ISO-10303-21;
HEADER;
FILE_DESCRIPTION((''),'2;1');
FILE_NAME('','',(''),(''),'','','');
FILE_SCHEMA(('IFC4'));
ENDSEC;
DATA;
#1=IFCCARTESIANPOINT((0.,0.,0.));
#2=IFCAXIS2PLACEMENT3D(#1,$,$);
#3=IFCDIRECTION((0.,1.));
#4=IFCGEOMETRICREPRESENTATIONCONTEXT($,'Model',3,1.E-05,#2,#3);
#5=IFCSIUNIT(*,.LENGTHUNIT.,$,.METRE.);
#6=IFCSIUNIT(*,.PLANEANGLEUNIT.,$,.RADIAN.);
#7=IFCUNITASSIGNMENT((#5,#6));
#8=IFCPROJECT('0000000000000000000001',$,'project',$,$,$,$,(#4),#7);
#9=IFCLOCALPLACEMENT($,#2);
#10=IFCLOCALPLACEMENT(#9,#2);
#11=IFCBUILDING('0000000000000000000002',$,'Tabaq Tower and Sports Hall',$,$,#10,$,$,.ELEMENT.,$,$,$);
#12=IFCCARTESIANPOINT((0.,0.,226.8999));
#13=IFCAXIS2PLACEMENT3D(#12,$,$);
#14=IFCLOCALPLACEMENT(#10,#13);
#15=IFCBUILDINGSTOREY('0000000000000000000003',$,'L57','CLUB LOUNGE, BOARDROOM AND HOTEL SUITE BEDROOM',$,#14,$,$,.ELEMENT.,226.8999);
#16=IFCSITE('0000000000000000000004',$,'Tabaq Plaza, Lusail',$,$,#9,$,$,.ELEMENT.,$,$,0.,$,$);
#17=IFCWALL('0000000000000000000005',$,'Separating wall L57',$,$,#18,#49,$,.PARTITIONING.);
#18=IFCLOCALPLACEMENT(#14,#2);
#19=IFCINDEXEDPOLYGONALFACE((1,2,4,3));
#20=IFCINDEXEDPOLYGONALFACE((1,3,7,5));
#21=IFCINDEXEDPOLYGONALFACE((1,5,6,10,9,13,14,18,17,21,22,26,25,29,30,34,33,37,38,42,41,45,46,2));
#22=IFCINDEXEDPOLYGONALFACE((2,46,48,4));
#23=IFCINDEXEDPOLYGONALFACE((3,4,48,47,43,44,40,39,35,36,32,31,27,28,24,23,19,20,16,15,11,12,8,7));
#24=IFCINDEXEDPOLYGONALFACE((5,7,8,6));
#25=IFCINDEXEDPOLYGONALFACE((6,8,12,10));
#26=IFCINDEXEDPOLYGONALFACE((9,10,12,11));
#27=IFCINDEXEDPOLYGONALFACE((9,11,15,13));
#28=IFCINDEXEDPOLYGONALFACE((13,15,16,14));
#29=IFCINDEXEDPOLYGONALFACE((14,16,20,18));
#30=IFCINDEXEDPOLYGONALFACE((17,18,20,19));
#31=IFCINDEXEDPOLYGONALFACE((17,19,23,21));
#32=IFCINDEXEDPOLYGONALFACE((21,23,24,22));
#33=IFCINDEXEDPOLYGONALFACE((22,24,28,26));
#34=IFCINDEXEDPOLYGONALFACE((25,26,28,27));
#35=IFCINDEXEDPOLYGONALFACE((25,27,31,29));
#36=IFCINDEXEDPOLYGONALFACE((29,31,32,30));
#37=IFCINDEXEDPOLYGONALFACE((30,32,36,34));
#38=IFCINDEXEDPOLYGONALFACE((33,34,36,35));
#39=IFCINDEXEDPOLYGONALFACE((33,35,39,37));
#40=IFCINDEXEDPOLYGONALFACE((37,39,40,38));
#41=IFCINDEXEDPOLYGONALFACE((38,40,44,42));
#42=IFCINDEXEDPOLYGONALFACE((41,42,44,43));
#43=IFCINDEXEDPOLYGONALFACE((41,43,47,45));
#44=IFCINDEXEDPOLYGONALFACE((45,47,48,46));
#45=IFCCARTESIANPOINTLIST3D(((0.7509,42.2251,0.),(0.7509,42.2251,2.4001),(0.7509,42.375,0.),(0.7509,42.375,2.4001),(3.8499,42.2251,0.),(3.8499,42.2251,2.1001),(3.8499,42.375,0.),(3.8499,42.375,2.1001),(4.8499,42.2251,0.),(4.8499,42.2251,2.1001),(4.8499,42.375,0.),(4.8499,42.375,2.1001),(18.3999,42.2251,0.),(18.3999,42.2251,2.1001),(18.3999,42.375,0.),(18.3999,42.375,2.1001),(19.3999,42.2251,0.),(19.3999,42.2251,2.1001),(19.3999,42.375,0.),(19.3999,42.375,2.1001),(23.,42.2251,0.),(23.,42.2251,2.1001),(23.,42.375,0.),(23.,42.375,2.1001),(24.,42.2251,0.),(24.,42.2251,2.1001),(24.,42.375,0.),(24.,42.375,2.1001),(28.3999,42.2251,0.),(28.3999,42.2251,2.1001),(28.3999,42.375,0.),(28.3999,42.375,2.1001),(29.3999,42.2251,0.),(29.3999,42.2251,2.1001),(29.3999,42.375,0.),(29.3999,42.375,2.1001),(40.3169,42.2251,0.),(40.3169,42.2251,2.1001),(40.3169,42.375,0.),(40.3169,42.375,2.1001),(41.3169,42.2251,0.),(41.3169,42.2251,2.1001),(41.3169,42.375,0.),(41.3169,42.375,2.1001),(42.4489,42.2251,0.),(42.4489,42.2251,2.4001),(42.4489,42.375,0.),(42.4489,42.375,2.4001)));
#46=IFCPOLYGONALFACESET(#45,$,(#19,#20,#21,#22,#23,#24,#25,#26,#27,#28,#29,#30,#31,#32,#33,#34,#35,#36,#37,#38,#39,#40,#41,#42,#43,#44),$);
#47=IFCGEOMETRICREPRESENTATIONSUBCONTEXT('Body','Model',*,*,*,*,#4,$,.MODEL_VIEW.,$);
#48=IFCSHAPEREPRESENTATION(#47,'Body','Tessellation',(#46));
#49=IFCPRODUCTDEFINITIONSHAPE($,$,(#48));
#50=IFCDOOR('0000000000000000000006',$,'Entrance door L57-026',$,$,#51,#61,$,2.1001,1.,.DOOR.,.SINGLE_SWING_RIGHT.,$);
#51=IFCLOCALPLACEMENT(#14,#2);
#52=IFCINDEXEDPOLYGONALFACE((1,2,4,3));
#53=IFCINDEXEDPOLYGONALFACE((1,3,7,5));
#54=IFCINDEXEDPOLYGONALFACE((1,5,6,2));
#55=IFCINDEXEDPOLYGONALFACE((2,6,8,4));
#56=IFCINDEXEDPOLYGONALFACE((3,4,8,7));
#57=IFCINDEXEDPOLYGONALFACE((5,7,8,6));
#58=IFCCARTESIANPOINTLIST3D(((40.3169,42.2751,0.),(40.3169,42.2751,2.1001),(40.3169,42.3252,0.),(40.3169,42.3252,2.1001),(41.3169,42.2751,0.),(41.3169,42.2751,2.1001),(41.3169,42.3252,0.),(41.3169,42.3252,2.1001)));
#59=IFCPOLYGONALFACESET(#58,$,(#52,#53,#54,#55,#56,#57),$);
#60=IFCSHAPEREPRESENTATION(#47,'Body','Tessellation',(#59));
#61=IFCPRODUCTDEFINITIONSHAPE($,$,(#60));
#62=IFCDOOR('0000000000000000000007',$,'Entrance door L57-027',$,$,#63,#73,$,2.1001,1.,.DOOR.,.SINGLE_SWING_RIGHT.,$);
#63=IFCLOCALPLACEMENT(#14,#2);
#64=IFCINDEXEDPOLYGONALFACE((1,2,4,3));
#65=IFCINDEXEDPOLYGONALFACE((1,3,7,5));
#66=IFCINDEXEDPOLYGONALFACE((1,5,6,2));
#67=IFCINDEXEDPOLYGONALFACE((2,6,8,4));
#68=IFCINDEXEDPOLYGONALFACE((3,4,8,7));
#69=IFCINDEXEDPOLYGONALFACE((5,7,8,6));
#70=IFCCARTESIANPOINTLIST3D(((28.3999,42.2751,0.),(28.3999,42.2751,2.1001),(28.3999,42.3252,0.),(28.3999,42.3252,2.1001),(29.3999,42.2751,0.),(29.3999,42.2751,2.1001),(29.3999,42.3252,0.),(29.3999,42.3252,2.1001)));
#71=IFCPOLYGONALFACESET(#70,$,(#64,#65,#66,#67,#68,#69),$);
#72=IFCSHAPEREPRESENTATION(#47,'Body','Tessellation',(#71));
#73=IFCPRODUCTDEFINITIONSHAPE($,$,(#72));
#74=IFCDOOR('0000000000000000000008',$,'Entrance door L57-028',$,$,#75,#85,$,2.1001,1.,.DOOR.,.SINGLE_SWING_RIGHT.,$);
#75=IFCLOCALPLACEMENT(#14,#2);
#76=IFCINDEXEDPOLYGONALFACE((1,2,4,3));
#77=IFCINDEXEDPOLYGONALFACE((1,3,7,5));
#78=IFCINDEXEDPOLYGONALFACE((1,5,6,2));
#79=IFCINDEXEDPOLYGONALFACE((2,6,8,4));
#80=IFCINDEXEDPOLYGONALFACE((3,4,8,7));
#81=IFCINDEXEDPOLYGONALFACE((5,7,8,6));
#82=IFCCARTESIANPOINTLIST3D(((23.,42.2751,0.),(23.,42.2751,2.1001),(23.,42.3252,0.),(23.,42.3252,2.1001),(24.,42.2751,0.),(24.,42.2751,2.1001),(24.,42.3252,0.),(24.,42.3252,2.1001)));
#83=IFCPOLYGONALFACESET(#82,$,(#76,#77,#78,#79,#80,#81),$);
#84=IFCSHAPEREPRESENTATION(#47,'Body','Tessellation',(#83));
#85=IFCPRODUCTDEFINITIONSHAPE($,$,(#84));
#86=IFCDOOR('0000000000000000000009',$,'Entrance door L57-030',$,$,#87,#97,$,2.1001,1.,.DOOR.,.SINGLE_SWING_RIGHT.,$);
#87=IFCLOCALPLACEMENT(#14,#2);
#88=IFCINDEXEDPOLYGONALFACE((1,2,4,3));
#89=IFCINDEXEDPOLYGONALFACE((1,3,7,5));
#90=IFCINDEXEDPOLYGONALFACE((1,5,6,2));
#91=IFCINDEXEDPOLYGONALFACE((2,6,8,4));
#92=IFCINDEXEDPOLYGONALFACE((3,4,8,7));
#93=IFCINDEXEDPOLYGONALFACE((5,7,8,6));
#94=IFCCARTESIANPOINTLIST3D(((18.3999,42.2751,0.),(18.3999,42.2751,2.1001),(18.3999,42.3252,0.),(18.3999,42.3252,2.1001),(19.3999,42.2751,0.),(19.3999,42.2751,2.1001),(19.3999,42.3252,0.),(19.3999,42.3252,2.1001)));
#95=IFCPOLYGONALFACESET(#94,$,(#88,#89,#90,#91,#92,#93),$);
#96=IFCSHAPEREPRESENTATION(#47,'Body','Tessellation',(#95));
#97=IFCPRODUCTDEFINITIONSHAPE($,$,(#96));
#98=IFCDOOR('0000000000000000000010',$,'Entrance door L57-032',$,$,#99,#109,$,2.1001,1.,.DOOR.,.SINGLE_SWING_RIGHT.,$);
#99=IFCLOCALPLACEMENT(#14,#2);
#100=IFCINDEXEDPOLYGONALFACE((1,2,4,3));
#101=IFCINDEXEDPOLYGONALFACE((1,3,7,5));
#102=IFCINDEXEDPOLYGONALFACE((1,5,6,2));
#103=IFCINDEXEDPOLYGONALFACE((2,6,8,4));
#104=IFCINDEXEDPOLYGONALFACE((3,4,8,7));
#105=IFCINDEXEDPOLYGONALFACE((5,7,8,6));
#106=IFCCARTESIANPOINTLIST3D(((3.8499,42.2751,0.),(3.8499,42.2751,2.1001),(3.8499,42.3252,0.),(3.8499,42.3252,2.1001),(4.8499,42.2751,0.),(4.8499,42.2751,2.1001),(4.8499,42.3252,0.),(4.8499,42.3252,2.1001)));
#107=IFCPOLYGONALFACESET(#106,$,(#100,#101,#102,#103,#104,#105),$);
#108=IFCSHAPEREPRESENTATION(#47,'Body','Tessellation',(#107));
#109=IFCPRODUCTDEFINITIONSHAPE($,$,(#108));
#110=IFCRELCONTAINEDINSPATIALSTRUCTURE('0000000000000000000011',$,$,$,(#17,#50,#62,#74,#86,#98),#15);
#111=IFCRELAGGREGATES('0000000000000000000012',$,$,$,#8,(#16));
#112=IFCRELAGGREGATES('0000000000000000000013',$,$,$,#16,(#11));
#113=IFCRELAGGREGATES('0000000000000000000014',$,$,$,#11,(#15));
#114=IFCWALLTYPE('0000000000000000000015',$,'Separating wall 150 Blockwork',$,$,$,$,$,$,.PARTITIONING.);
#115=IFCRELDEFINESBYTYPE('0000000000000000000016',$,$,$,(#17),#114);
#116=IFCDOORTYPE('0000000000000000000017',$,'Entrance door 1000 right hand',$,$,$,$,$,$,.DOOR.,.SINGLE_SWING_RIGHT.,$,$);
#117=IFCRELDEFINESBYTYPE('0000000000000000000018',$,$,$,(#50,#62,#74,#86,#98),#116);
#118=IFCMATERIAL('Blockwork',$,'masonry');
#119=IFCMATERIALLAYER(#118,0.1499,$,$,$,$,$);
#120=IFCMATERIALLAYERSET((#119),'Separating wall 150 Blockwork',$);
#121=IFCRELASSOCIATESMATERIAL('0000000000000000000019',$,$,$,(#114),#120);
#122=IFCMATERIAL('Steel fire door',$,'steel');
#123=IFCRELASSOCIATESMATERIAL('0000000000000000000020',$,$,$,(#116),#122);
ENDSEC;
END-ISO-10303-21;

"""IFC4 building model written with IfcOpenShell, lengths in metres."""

from ifc_helpers import new_model, si_unit, direction, frame, frame_2d, origin, place, context, subcontext, project, spatial, rectangle, extrude, material, layer, layer_set, type_object, element, fill, save


model = new_model("IFC4")

# Units and contexts
model_context = context("Model", 3, precision=1e-05, world=origin(), true_north=direction((0.0, 1.0)))
body_context = subcontext(model_context, "Body", "Model", "MODEL_VIEW")
ifc_project = project(units=[si_unit("LENGTHUNIT", "METRE"), si_unit("PLANEANGLEUNIT", "RADIAN")], contexts=[model_context])

# Site, building, storey
site_placement = place(None, origin())
site = spatial("IfcSite", under=ifc_project, at=site_placement, Name="Tabaq Plaza, Lusail", CompositionType="ELEMENT", RefElevation=0.0)
building_placement = place(site_placement, origin())
building = spatial("IfcBuilding", under=site, at=building_placement, Name="Tabaq Tower and Sports Hall", CompositionType="ELEMENT")
storey_placement = place(building_placement, frame((0.0, 0.0, 226.8999)))
storey = spatial("IfcBuildingStorey", under=building, at=storey_placement, Name="L57", Description="CLUB LOUNGE, BOARDROOM AND HOTEL SUITE BEDROOM", CompositionType="ELEMENT", Elevation=226.8999)

# Wall, openings, doors
ifc_material_1 = material(Name="Blockwork", Category="masonry")
ifc_layer_1 = layer(ifc_material_1, 0.1499)
ifc_layer_set_1 = layer_set([ifc_layer_1], Name="Separating wall 150 Blockwork")
wall_type_1 = type_object("IfcWallType", Name="Separating wall 150 Blockwork", PredefinedType="PARTITIONING", material=ifc_layer_set_1)
wall_1_placement = place(storey_placement, frame((42.449, 42.3, 0.0), z_axis=(0.0, 0.0, 1.0), x_axis=(-1.0, 0.0, 0.0)))
wall_1 = element("IfcWall", 1, at=wall_1_placement, inside=storey, type_object=wall_type_1, Name="Separating wall L57", PredefinedType="PARTITIONING", context=body_context, shape_type="SweptSolid", body=[
    extrude(rectangle(XDim=41.698, YDim=0.1499, at=frame_2d((20.8491, 0.0))), origin(), (0.0, 0.0, 1.0), 2.4001),
])
opening_1_placement = place(wall_1_placement, frame((1.1321, 0.0, 0.0)))
opening_1 = element("IfcOpeningElement", 2, at=opening_1_placement, cuts=wall_1, PredefinedType="OPENING", context=body_context, shape_type="SweptSolid", body=[
    extrude(rectangle(XDim=1.0, YDim=2.1001, at=frame_2d((0.5, 1.05))), frame((0.0, 0.075, 0.0), z_axis=(0.0, -1.0, 0.0), x_axis=(1.0, 0.0, 0.0)), (0.0, 0.0, 1.0), 0.1499),
])
opening_2_placement = place(wall_1_placement, frame((13.0491, 0.0, 0.0)))
opening_2 = element("IfcOpeningElement", 3, at=opening_2_placement, cuts=wall_1, PredefinedType="OPENING", context=body_context, shape_type="SweptSolid", body=[
    extrude(rectangle(XDim=1.0, YDim=2.1001, at=frame_2d((0.5, 1.05))), frame((0.0, 0.075, 0.0), z_axis=(0.0, -1.0, 0.0), x_axis=(1.0, 0.0, 0.0)), (0.0, 0.0, 1.0), 0.1499),
])
opening_3_placement = place(wall_1_placement, frame((18.449, 0.0, 0.0)))
opening_3 = element("IfcOpeningElement", 4, at=opening_3_placement, cuts=wall_1, PredefinedType="OPENING", context=body_context, shape_type="SweptSolid", body=[
    extrude(rectangle(XDim=1.0, YDim=2.1001, at=frame_2d((0.5, 1.05))), frame((0.0, 0.075, 0.0), z_axis=(0.0, -1.0, 0.0), x_axis=(1.0, 0.0, 0.0)), (0.0, 0.0, 1.0), 0.1499),
])
opening_4_placement = place(wall_1_placement, frame((23.0491, 0.0, 0.0)))
opening_4 = element("IfcOpeningElement", 5, at=opening_4_placement, cuts=wall_1, PredefinedType="OPENING", context=body_context, shape_type="SweptSolid", body=[
    extrude(rectangle(XDim=1.0, YDim=2.1001, at=frame_2d((0.5, 1.05))), frame((0.0, 0.075, 0.0), z_axis=(0.0, -1.0, 0.0), x_axis=(1.0, 0.0, 0.0)), (0.0, 0.0, 1.0), 0.1499),
])
opening_5_placement = place(wall_1_placement, frame((37.5991, 0.0, 0.0)))
opening_5 = element("IfcOpeningElement", 6, at=opening_5_placement, cuts=wall_1, PredefinedType="OPENING", context=body_context, shape_type="SweptSolid", body=[
    extrude(rectangle(XDim=1.0, YDim=2.1001, at=frame_2d((0.5, 1.05))), frame((0.0, 0.075, 0.0), z_axis=(0.0, -1.0, 0.0), x_axis=(1.0, 0.0, 0.0)), (0.0, 0.0, 1.0), 0.1499),
])
ifc_material_2 = material(Name="Steel fire door", Category="steel")
door_type_1 = type_object("IfcDoorType", Name="Entrance door 1000 right hand", OperationType="SINGLE_SWING_RIGHT", PredefinedType="DOOR", material=ifc_material_2)
door_1_placement = place(opening_1_placement, origin())
door_1 = element("IfcDoor", 7, at=door_1_placement, inside=storey, type_object=door_type_1, Name="Entrance door L57-026", OperationType="SINGLE_SWING_RIGHT", OverallHeight=2.1001, OverallWidth=1.0, PredefinedType="DOOR", context=body_context, shape_type="SweptSolid", body=[
    extrude(rectangle(XDim=1.0, YDim=2.1001, at=frame_2d((0.5, 1.05))), frame((0.0, 0.0249, 0.0), z_axis=(0.0, -1.0, 0.0), x_axis=(1.0, 0.0, 0.0)), (0.0, 0.0, 1.0), 0.05),
])
fill(opening_1, door_1)
door_2_placement = place(opening_2_placement, origin())
door_2 = element("IfcDoor", 8, at=door_2_placement, inside=storey, type_object=door_type_1, Name="Entrance door L57-027", OperationType="SINGLE_SWING_RIGHT", OverallHeight=2.1001, OverallWidth=1.0, PredefinedType="DOOR", context=body_context, shape_type="SweptSolid", body=[
    extrude(rectangle(XDim=1.0, YDim=2.1001, at=frame_2d((0.5, 1.05))), frame((0.0, 0.0249, 0.0), z_axis=(0.0, -1.0, 0.0), x_axis=(1.0, 0.0, 0.0)), (0.0, 0.0, 1.0), 0.05),
])
fill(opening_2, door_2)
door_3_placement = place(opening_3_placement, origin())
door_3 = element("IfcDoor", 9, at=door_3_placement, inside=storey, type_object=door_type_1, Name="Entrance door L57-028", OperationType="SINGLE_SWING_RIGHT", OverallHeight=2.1001, OverallWidth=1.0, PredefinedType="DOOR", context=body_context, shape_type="SweptSolid", body=[
    extrude(rectangle(XDim=1.0, YDim=2.1001, at=frame_2d((0.5, 1.05))), frame((0.0, 0.0249, 0.0), z_axis=(0.0, -1.0, 0.0), x_axis=(1.0, 0.0, 0.0)), (0.0, 0.0, 1.0), 0.05),
])
fill(opening_3, door_3)
door_4_placement = place(opening_4_placement, origin())
door_4 = element("IfcDoor", 10, at=door_4_placement, inside=storey, type_object=door_type_1, Name="Entrance door L57-030", OperationType="SINGLE_SWING_RIGHT", OverallHeight=2.1001, OverallWidth=1.0, PredefinedType="DOOR", context=body_context, shape_type="SweptSolid", body=[
    extrude(rectangle(XDim=1.0, YDim=2.1001, at=frame_2d((0.5, 1.05))), frame((0.0, 0.0249, 0.0), z_axis=(0.0, -1.0, 0.0), x_axis=(1.0, 0.0, 0.0)), (0.0, 0.0, 1.0), 0.05),
])
fill(opening_4, door_4)
door_5_placement = place(opening_5_placement, origin())
door_5 = element("IfcDoor", 11, at=door_5_placement, inside=storey, type_object=door_type_1, Name="Entrance door L57-032", OperationType="SINGLE_SWING_RIGHT", OverallHeight=2.1001, OverallWidth=1.0, PredefinedType="DOOR", context=body_context, shape_type="SweptSolid", body=[
    extrude(rectangle(XDim=1.0, YDim=2.1001, at=frame_2d((0.5, 1.05))), frame((0.0, 0.0249, 0.0), z_axis=(0.0, -1.0, 0.0), x_axis=(1.0, 0.0, 0.0)), (0.0, 0.0, 1.0), 0.05),
])
fill(opening_5, door_5)

save(model, "model.ifc")
